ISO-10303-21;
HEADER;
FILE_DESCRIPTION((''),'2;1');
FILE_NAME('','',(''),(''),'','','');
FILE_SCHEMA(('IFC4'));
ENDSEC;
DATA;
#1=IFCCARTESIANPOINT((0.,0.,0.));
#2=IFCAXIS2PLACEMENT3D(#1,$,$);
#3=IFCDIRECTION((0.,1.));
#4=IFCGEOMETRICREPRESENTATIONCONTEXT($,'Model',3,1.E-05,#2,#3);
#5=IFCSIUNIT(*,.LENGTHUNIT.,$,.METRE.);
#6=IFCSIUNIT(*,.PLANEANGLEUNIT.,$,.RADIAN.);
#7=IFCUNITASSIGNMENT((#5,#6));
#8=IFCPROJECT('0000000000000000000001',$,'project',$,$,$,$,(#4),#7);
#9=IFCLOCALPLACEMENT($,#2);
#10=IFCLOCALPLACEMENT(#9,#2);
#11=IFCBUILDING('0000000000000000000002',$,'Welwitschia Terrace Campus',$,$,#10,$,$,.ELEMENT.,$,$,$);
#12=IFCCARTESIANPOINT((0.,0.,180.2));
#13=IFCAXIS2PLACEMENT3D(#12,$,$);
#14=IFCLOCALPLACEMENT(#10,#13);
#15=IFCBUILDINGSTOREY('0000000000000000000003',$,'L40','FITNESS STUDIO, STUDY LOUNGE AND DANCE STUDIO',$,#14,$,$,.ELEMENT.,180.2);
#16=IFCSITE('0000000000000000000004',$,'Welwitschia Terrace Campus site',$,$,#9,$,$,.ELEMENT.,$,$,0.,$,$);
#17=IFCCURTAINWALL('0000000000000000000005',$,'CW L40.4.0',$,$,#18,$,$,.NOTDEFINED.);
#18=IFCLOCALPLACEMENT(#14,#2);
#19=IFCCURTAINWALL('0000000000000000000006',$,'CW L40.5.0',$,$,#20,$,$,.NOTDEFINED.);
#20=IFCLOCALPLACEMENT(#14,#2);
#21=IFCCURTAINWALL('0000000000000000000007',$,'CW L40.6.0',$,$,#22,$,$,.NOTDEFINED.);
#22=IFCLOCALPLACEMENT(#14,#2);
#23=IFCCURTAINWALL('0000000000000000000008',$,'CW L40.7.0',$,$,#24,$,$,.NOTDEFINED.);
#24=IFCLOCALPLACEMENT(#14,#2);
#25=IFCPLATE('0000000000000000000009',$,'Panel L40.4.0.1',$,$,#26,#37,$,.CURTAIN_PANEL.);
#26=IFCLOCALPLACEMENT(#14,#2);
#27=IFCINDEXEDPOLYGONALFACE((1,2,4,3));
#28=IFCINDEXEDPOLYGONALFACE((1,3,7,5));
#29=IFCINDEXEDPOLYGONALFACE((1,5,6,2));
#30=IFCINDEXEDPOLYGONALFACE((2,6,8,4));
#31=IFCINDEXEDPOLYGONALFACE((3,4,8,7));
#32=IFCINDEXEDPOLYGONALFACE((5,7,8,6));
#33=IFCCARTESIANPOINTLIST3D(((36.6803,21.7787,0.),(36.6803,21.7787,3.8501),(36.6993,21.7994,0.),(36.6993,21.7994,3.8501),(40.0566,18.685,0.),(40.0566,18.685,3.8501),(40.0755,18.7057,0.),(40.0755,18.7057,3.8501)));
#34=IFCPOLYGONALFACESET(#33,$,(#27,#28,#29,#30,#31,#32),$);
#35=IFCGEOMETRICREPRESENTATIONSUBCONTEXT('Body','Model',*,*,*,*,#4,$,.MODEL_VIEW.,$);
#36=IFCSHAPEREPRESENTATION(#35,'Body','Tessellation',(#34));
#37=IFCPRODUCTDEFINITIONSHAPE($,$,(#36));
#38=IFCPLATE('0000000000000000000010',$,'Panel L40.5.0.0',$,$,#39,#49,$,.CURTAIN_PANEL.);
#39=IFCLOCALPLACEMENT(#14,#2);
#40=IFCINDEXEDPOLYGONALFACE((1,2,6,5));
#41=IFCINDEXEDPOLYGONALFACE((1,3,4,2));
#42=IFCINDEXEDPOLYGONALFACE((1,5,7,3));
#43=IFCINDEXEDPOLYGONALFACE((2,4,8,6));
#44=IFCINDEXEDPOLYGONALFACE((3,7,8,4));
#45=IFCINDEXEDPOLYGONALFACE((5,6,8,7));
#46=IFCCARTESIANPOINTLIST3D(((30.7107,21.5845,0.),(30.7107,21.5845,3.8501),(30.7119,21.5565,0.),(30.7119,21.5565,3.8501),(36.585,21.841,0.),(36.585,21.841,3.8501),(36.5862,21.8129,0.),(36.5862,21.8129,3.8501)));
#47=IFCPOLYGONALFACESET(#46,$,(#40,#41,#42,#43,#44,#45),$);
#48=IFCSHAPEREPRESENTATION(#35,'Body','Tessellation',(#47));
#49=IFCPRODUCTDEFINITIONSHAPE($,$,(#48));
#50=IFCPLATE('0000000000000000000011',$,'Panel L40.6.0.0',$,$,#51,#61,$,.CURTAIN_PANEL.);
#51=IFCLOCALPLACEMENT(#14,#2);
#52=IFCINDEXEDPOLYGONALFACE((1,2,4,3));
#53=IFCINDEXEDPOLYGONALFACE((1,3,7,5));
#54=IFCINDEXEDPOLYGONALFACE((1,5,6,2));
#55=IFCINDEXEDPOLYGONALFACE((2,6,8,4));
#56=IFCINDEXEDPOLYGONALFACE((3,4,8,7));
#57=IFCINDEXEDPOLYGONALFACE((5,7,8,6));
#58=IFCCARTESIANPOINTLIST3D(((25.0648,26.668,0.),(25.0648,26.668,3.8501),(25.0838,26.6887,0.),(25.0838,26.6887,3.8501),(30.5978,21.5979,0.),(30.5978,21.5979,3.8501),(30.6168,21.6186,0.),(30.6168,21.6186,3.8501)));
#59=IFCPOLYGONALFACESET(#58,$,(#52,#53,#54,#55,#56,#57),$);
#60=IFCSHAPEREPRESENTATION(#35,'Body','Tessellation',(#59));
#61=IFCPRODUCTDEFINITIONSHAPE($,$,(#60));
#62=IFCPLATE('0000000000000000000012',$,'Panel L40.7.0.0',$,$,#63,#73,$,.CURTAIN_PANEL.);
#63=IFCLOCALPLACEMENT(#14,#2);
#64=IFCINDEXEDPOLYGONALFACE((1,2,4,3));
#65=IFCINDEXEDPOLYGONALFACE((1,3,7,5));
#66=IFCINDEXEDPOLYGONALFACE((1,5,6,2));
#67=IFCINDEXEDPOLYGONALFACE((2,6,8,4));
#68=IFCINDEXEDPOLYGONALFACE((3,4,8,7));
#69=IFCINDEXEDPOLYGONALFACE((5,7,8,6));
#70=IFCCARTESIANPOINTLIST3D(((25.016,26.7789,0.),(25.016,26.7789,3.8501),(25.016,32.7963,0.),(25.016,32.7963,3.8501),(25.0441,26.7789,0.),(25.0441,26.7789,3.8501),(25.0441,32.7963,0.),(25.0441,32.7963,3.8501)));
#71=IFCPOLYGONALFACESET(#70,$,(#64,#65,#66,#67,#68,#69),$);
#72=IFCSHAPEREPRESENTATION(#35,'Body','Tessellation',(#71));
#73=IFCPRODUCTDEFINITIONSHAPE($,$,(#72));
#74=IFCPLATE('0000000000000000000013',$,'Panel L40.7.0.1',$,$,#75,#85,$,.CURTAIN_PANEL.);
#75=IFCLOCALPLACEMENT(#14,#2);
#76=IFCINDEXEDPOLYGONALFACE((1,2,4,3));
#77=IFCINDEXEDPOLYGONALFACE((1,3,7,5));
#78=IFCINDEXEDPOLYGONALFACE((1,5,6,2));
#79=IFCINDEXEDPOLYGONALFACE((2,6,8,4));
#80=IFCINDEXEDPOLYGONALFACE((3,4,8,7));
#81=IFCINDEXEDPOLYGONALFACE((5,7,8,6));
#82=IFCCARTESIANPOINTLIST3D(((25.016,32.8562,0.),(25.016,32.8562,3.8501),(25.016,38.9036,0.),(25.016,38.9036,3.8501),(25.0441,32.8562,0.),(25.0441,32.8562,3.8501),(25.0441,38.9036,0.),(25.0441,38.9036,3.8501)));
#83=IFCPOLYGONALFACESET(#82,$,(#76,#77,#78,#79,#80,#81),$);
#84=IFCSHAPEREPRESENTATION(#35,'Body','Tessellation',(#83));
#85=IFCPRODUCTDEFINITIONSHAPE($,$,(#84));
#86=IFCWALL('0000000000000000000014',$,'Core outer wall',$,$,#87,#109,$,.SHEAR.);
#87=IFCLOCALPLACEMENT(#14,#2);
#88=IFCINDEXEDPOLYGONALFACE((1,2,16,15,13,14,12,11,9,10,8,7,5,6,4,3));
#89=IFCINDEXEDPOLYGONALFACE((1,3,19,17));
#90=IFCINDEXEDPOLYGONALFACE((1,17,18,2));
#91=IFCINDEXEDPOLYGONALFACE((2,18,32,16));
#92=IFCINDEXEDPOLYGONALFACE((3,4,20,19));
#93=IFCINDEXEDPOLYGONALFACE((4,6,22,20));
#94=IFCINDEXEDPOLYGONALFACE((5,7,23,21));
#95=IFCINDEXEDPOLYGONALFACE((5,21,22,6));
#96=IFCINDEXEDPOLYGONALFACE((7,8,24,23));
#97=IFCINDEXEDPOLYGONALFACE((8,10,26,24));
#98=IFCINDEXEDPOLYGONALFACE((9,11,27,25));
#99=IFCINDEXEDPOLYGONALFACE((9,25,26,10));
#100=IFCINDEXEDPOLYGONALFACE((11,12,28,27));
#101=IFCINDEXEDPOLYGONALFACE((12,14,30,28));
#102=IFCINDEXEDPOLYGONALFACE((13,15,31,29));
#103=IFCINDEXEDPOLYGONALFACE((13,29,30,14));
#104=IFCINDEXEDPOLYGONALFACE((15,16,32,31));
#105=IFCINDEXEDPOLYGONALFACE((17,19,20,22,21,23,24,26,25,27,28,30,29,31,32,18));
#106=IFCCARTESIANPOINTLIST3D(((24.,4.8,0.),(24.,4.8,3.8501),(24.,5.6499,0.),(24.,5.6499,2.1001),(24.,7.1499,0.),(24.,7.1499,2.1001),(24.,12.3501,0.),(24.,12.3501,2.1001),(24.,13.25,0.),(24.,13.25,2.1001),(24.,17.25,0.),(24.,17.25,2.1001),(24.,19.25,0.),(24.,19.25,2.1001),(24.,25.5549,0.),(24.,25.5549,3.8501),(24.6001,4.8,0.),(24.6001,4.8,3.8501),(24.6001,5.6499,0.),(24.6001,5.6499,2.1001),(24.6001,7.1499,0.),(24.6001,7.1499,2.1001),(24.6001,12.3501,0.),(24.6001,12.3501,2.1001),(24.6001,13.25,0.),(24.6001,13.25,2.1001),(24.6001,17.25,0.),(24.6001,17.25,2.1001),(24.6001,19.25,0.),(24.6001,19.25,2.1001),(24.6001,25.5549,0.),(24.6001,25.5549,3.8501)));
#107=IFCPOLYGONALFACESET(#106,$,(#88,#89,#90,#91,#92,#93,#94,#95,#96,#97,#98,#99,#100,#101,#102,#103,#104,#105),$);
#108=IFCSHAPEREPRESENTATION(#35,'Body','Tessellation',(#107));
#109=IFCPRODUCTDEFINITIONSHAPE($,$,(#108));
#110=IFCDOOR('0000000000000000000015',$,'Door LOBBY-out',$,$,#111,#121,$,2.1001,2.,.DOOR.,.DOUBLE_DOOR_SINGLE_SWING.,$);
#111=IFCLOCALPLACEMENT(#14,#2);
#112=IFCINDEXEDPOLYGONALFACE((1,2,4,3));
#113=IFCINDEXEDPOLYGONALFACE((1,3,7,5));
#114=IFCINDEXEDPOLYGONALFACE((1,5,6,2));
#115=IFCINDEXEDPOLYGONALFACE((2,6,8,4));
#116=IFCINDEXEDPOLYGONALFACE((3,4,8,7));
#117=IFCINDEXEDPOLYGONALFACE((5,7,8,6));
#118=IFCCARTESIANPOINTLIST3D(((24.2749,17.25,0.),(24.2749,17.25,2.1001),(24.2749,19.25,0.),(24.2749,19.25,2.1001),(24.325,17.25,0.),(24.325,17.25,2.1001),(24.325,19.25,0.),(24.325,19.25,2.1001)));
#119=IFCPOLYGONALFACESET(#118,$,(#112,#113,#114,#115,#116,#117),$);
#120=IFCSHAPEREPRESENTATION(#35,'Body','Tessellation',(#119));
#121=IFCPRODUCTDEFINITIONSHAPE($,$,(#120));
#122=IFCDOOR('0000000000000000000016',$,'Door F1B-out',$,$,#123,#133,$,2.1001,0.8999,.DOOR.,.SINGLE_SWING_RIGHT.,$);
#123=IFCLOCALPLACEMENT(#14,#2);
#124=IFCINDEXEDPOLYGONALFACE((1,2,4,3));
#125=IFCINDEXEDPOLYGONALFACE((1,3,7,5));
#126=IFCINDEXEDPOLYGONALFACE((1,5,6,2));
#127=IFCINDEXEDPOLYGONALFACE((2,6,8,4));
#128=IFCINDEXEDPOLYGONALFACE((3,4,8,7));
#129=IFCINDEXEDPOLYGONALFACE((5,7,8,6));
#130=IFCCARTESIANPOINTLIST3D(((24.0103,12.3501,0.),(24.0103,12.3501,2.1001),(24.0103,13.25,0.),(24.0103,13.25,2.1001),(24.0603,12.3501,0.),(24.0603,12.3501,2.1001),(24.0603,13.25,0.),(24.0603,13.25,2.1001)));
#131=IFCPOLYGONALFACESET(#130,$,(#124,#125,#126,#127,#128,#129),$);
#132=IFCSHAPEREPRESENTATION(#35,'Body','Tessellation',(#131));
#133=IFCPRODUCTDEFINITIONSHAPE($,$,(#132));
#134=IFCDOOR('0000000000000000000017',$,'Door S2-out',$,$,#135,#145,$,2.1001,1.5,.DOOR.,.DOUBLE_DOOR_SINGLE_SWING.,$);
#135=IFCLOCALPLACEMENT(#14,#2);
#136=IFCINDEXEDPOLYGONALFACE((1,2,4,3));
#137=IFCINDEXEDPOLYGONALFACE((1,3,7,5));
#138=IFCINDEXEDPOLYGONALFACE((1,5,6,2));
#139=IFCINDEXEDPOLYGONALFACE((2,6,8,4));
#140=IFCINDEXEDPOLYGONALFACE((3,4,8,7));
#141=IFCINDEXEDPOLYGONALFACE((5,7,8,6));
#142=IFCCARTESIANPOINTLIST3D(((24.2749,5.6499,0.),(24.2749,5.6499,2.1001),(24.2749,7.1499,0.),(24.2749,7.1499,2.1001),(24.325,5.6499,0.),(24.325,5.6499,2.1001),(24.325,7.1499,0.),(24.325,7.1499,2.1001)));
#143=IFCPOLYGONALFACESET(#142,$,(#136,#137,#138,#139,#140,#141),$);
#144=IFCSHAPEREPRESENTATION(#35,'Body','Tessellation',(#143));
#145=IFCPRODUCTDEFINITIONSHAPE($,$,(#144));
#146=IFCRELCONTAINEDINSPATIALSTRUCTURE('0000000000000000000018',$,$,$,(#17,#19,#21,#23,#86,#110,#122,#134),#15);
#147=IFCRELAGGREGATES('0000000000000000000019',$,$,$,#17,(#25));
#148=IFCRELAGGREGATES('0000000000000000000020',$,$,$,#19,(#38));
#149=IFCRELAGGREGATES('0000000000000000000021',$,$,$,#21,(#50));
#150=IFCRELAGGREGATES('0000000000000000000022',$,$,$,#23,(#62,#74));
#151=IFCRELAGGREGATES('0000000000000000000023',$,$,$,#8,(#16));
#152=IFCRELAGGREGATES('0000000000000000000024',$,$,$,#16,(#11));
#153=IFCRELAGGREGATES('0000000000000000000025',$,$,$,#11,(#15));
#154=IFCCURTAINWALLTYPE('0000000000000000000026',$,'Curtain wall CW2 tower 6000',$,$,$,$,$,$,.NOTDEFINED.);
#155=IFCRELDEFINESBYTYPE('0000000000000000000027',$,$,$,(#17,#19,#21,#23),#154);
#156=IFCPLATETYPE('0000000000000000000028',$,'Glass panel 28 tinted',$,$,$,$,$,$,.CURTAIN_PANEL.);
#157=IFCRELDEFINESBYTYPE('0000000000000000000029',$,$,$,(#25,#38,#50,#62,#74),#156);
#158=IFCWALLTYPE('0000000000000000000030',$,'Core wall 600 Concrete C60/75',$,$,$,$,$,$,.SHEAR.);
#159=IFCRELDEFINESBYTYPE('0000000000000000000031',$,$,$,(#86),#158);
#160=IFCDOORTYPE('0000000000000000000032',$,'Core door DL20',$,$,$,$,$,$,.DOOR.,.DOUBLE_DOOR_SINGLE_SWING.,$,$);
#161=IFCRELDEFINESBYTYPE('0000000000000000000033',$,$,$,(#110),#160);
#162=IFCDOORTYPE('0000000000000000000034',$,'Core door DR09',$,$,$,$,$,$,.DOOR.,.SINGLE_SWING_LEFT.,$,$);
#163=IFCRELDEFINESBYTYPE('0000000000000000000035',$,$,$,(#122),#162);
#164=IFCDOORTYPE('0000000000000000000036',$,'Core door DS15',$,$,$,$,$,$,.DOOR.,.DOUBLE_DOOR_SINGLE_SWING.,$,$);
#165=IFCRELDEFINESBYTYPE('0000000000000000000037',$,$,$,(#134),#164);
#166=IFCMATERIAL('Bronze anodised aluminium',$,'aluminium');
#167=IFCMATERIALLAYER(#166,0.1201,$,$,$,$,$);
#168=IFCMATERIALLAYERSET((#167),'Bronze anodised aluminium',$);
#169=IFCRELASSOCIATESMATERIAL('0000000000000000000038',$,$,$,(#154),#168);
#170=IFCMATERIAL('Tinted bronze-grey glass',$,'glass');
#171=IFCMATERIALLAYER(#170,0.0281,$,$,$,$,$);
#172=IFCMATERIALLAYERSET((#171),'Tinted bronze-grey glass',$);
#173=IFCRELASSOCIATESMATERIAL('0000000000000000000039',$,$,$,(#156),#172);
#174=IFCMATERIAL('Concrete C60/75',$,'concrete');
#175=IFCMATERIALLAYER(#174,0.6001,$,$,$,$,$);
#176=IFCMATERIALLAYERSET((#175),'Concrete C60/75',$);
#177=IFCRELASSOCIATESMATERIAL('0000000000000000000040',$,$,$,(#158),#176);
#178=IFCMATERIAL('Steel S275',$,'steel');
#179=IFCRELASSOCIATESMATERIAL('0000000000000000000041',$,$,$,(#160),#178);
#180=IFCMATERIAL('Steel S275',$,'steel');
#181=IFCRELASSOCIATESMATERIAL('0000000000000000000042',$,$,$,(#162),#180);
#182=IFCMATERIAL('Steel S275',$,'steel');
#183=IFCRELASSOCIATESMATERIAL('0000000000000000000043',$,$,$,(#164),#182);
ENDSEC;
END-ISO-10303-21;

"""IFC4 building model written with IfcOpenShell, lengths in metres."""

from ifc_helpers import new_model, si_unit, direction, frame, frame_2d, origin, origin_2d, place, context, subcontext, project, spatial, rectangle, extrude, material, layer, layer_set, type_object, element, fill, aggregate, save


model = new_model("IFC4")

# Units and contexts
model_context = context("Model", 3, precision=1e-05, world=origin(), true_north=direction((0.0, 1.0)))
body_context = subcontext(model_context, "Body", "Model", "MODEL_VIEW")
ifc_project = project(units=[si_unit("LENGTHUNIT", "METRE"), si_unit("PLANEANGLEUNIT", "RADIAN")], contexts=[model_context])

# Site, building, storey
site_placement = place(None, origin())
site = spatial("IfcSite", under=ifc_project, at=site_placement, Name="Welwitschia Terrace Campus site", CompositionType="ELEMENT", RefElevation=0.0)
building_placement = place(site_placement, origin())
building = spatial("IfcBuilding", under=site, at=building_placement, Name="Welwitschia Terrace Campus", CompositionType="ELEMENT")
storey_placement = place(building_placement, frame((0.0, 0.0, 180.2)))
storey = spatial("IfcBuildingStorey", under=building, at=storey_placement, Name="L40", Description="FITNESS STUDIO, STUDY LOUNGE AND DANCE STUDIO", CompositionType="ELEMENT", Elevation=180.2)

# Curtain wall
ifc_material_1 = material(Name="Bronze anodised aluminium", Category="aluminium")
ifc_layer_1 = layer(ifc_material_1, 0.1201)
ifc_layer_set_1 = layer_set([ifc_layer_1], Name="Bronze anodised aluminium")
curtain_wall_type = type_object("IfcCurtainWallType", Name="Curtain wall CW2 tower 6000", PredefinedType="NOTDEFINED", material=ifc_layer_set_1)
curtain_wall_1_placement = place(storey_placement, origin())
curtain_wall_1 = element("IfcCurtainWall", 1, at=curtain_wall_1_placement, inside=storey, type_object=curtain_wall_type, Name="CW L40.4.0", PredefinedType="NOTDEFINED")

# Curtain walls
curtain_wall_2_placement = place(storey_placement, origin())
curtain_wall_2 = element("IfcCurtainWall", 2, at=curtain_wall_2_placement, inside=storey, type_object=curtain_wall_type, Name="CW L40.5.0", PredefinedType="NOTDEFINED")
curtain_wall_3_placement = place(storey_placement, origin())
curtain_wall_3 = element("IfcCurtainWall", 3, at=curtain_wall_3_placement, inside=storey, type_object=curtain_wall_type, Name="CW L40.6.0", PredefinedType="NOTDEFINED")
curtain_wall_4_placement = place(storey_placement, origin())
curtain_wall_4 = element("IfcCurtainWall", 4, at=curtain_wall_4_placement, inside=storey, type_object=curtain_wall_type, Name="CW L40.7.0", PredefinedType="NOTDEFINED")

# Plates
ifc_material_2 = material(Name="Tinted bronze-grey glass", Category="glass")
ifc_layer_2 = layer(ifc_material_2, 0.0281)
ifc_layer_set_2 = layer_set([ifc_layer_2], Name="Tinted bronze-grey glass")
plate_type = type_object("IfcPlateType", Name="Glass panel 28 tinted", PredefinedType="CURTAIN_PANEL", material=ifc_layer_set_2)
plate_1_placement = place(storey_placement, frame((38.3779, 20.2422, 0.0), z_axis=(0.0, 0.0, 1.0), x_axis=(-0.737277, 0.67559, 0.0)))
plate_1 = element("IfcPlate", 5, at=plate_1_placement, type_object=plate_type, Name="Panel L40.4.0.1", PredefinedType="CURTAIN_PANEL", context=body_context, shape_type="SweptSolid", body=[
    extrude(rectangle(XDim=4.5793, YDim=0.0281, at=origin_2d()), origin(), (0.0, 0.0, 1.0), 3.8501),
])
aggregate(curtain_wall_1, [plate_1])
plate_2_placement = place(storey_placement, frame((33.6484, 21.6987, 0.0), z_axis=(0.0, 0.0, 1.0), x_axis=(-0.999048, -0.043619, 0.0)))
plate_2 = element("IfcPlate", 6, at=plate_2_placement, type_object=plate_type, Name="Panel L40.5.0.0", PredefinedType="CURTAIN_PANEL", context=body_context, shape_type="SweptSolid", body=[
    extrude(rectangle(XDim=5.8799, YDim=0.0281, at=origin_2d()), origin(), (0.0, 0.0, 1.0), 3.8501),
])
aggregate(curtain_wall_2, [plate_2])
plate_3_placement = place(storey_placement, frame((27.8408, 24.1433, 0.0), z_axis=(0.0, 0.0, 1.0), x_axis=(-0.737277, 0.67559, 0.0)))
plate_3 = element("IfcPlate", 7, at=plate_3_placement, type_object=plate_type, Name="Panel L40.6.0.0", PredefinedType="CURTAIN_PANEL", context=body_context, shape_type="SweptSolid", body=[
    extrude(rectangle(XDim=7.5046, YDim=0.0281, at=origin_2d()), origin(), (0.0, 0.0, 1.0), 3.8501),
])
aggregate(curtain_wall_3, [plate_3])
plate_4_placement = place(storey_placement, frame((25.03, 29.7876, 0.0), z_axis=(0.0, 0.0, 1.0), x_axis=(0.0, 1.0, 0.0)))
plate_4 = element("IfcPlate", 8, at=plate_4_placement, type_object=plate_type, Name="Panel L40.7.0.0", PredefinedType="CURTAIN_PANEL", context=body_context, shape_type="SweptSolid", body=[
    extrude(rectangle(XDim=6.0173, YDim=0.0281, at=origin_2d()), origin(), (0.0, 0.0, 1.0), 3.8501),
])
plate_5_placement = place(storey_placement, frame((25.03, 35.8799, 0.0), z_axis=(0.0, 0.0, 1.0), x_axis=(0.0, 1.0, 0.0)))
plate_5 = element("IfcPlate", 9, at=plate_5_placement, type_object=plate_type, Name="Panel L40.7.0.1", PredefinedType="CURTAIN_PANEL", context=body_context, shape_type="SweptSolid", body=[
    extrude(rectangle(XDim=6.0474, YDim=0.0281, at=origin_2d()), origin(), (0.0, 0.0, 1.0), 3.8501),
])
aggregate(curtain_wall_4, [plate_4, plate_5])

# Wall, openings, doors
ifc_material_3 = material(Name="Concrete C60/75", Category="concrete")
ifc_layer_3 = layer(ifc_material_3, 0.6001)
ifc_layer_set_3 = layer_set([ifc_layer_3], Name="Concrete C60/75")
wall_type = type_object("IfcWallType", Name="Core wall 600 Concrete C60/75", PredefinedType="SHEAR", material=ifc_layer_set_3)
wall_placement = place(storey_placement, frame((24.3, 25.5549, 0.0), z_axis=(0.0, 0.0, 1.0), x_axis=(0.0, -1.0, 0.0)))
wall = element("IfcWall", 10, at=wall_placement, inside=storey, type_object=wall_type, Name="Core outer wall", PredefinedType="SHEAR", context=body_context, shape_type="SweptSolid", body=[
    extrude(rectangle(XDim=20.7549, YDim=0.6001, at=frame_2d((10.3774, 0.0))), origin(), (0.0, 0.0, 1.0), 3.8501),
])
opening_1_placement = place(wall_placement, frame((18.405, 0.0, 0.0)))
opening_1 = element("IfcOpeningElement", 11, at=opening_1_placement, cuts=wall, PredefinedType="OPENING", context=body_context, shape_type="SweptSolid", body=[
    extrude(rectangle(XDim=1.5, YDim=2.1001, at=frame_2d((0.75, 1.05))), frame((0.0, 0.3101, 0.0), z_axis=(0.0, -1.0, 0.0), x_axis=(1.0, 0.0, 0.0)), (0.0, 0.0, 1.0), 0.6201),
])
opening_2_placement = place(wall_placement, frame((12.3049, 0.0, 0.0)))
opening_2 = element("IfcOpeningElement", 12, at=opening_2_placement, cuts=wall, PredefinedType="OPENING", context=body_context, shape_type="SweptSolid", body=[
    extrude(rectangle(XDim=0.8999, YDim=2.1001, at=frame_2d((0.45, 1.05))), frame((0.0, 0.3101, 0.0), z_axis=(0.0, -1.0, 0.0), x_axis=(1.0, 0.0, 0.0)), (0.0, 0.0, 1.0), 0.6201),
])
opening_3_placement = place(wall_placement, frame((6.3049, 0.0, 0.0)))
opening_3 = element("IfcOpeningElement", 13, at=opening_3_placement, cuts=wall, PredefinedType="OPENING", context=body_context, shape_type="SweptSolid", body=[
    extrude(rectangle(XDim=2.0, YDim=2.1001, at=frame_2d((1.0, 1.05))), frame((0.0, 0.3101, 0.0), z_axis=(0.0, -1.0, 0.0), x_axis=(1.0, 0.0, 0.0)), (0.0, 0.0, 1.0), 0.6201),
])
ifc_material_4 = material(Name="Steel S275", Category="steel")
door_type_1 = type_object("IfcDoorType", Name="Core door DL20", OperationType="DOUBLE_DOOR_SINGLE_SWING", PredefinedType="DOOR", material=ifc_material_4)
door_1_placement = place(opening_3_placement, origin())
door_1 = element("IfcDoor", 14, at=door_1_placement, inside=storey, type_object=door_type_1, Name="Door LOBBY-out", OperationType="DOUBLE_DOOR_SINGLE_SWING", OverallHeight=2.1001, OverallWidth=2.0, PredefinedType="DOOR", context=body_context, shape_type="SweptSolid", body=[
    extrude(rectangle(XDim=2.0, YDim=2.1001, at=frame_2d((1.0, 1.05))), frame((0.0, 0.0249, 0.0), z_axis=(0.0, -1.0, 0.0), x_axis=(1.0, 0.0, 0.0)), (0.0, 0.0, 1.0), 0.05),
])
fill(opening_3, door_1)
ifc_material_5 = material(Name="Steel S275", Category="steel")
door_type_2 = type_object("IfcDoorType", Name="Core door DR09", OperationType="SINGLE_SWING_LEFT", PredefinedType="DOOR", material=ifc_material_5)
door_2_placement = place(opening_2_placement, origin())
door_2 = element("IfcDoor", 15, at=door_2_placement, inside=storey, type_object=door_type_2, Name="Door F1B-out", OperationType="SINGLE_SWING_RIGHT", OverallHeight=2.1001, OverallWidth=0.8999, PredefinedType="DOOR", context=body_context, shape_type="SweptSolid", body=[
    extrude(rectangle(XDim=0.8999, YDim=2.1001, at=frame_2d((0.45, 1.05))), frame((0.0, -0.2397, 0.0), z_axis=(0.0, -1.0, 0.0), x_axis=(1.0, 0.0, 0.0)), (0.0, 0.0, 1.0), 0.05),
])
fill(opening_2, door_2)
ifc_material_6 = material(Name="Steel S275", Category="steel")
door_type_3 = type_object("IfcDoorType", Name="Core door DS15", OperationType="DOUBLE_DOOR_SINGLE_SWING", PredefinedType="DOOR", material=ifc_material_6)
door_3_placement = place(opening_1_placement, origin())
door_3 = element("IfcDoor", 16, at=door_3_placement, inside=storey, type_object=door_type_3, Name="Door S2-out", OperationType="DOUBLE_DOOR_SINGLE_SWING", OverallHeight=2.1001, OverallWidth=1.5, PredefinedType="DOOR", context=body_context, shape_type="SweptSolid", body=[
    extrude(rectangle(XDim=1.5, YDim=2.1001, at=frame_2d((0.75, 1.05))), frame((0.0, 0.0249, 0.0), z_axis=(0.0, -1.0, 0.0), x_axis=(1.0, 0.0, 0.0)), (0.0, 0.0, 1.0), 0.05),
])
fill(opening_1, door_3)

save(model, "model.ifc")
